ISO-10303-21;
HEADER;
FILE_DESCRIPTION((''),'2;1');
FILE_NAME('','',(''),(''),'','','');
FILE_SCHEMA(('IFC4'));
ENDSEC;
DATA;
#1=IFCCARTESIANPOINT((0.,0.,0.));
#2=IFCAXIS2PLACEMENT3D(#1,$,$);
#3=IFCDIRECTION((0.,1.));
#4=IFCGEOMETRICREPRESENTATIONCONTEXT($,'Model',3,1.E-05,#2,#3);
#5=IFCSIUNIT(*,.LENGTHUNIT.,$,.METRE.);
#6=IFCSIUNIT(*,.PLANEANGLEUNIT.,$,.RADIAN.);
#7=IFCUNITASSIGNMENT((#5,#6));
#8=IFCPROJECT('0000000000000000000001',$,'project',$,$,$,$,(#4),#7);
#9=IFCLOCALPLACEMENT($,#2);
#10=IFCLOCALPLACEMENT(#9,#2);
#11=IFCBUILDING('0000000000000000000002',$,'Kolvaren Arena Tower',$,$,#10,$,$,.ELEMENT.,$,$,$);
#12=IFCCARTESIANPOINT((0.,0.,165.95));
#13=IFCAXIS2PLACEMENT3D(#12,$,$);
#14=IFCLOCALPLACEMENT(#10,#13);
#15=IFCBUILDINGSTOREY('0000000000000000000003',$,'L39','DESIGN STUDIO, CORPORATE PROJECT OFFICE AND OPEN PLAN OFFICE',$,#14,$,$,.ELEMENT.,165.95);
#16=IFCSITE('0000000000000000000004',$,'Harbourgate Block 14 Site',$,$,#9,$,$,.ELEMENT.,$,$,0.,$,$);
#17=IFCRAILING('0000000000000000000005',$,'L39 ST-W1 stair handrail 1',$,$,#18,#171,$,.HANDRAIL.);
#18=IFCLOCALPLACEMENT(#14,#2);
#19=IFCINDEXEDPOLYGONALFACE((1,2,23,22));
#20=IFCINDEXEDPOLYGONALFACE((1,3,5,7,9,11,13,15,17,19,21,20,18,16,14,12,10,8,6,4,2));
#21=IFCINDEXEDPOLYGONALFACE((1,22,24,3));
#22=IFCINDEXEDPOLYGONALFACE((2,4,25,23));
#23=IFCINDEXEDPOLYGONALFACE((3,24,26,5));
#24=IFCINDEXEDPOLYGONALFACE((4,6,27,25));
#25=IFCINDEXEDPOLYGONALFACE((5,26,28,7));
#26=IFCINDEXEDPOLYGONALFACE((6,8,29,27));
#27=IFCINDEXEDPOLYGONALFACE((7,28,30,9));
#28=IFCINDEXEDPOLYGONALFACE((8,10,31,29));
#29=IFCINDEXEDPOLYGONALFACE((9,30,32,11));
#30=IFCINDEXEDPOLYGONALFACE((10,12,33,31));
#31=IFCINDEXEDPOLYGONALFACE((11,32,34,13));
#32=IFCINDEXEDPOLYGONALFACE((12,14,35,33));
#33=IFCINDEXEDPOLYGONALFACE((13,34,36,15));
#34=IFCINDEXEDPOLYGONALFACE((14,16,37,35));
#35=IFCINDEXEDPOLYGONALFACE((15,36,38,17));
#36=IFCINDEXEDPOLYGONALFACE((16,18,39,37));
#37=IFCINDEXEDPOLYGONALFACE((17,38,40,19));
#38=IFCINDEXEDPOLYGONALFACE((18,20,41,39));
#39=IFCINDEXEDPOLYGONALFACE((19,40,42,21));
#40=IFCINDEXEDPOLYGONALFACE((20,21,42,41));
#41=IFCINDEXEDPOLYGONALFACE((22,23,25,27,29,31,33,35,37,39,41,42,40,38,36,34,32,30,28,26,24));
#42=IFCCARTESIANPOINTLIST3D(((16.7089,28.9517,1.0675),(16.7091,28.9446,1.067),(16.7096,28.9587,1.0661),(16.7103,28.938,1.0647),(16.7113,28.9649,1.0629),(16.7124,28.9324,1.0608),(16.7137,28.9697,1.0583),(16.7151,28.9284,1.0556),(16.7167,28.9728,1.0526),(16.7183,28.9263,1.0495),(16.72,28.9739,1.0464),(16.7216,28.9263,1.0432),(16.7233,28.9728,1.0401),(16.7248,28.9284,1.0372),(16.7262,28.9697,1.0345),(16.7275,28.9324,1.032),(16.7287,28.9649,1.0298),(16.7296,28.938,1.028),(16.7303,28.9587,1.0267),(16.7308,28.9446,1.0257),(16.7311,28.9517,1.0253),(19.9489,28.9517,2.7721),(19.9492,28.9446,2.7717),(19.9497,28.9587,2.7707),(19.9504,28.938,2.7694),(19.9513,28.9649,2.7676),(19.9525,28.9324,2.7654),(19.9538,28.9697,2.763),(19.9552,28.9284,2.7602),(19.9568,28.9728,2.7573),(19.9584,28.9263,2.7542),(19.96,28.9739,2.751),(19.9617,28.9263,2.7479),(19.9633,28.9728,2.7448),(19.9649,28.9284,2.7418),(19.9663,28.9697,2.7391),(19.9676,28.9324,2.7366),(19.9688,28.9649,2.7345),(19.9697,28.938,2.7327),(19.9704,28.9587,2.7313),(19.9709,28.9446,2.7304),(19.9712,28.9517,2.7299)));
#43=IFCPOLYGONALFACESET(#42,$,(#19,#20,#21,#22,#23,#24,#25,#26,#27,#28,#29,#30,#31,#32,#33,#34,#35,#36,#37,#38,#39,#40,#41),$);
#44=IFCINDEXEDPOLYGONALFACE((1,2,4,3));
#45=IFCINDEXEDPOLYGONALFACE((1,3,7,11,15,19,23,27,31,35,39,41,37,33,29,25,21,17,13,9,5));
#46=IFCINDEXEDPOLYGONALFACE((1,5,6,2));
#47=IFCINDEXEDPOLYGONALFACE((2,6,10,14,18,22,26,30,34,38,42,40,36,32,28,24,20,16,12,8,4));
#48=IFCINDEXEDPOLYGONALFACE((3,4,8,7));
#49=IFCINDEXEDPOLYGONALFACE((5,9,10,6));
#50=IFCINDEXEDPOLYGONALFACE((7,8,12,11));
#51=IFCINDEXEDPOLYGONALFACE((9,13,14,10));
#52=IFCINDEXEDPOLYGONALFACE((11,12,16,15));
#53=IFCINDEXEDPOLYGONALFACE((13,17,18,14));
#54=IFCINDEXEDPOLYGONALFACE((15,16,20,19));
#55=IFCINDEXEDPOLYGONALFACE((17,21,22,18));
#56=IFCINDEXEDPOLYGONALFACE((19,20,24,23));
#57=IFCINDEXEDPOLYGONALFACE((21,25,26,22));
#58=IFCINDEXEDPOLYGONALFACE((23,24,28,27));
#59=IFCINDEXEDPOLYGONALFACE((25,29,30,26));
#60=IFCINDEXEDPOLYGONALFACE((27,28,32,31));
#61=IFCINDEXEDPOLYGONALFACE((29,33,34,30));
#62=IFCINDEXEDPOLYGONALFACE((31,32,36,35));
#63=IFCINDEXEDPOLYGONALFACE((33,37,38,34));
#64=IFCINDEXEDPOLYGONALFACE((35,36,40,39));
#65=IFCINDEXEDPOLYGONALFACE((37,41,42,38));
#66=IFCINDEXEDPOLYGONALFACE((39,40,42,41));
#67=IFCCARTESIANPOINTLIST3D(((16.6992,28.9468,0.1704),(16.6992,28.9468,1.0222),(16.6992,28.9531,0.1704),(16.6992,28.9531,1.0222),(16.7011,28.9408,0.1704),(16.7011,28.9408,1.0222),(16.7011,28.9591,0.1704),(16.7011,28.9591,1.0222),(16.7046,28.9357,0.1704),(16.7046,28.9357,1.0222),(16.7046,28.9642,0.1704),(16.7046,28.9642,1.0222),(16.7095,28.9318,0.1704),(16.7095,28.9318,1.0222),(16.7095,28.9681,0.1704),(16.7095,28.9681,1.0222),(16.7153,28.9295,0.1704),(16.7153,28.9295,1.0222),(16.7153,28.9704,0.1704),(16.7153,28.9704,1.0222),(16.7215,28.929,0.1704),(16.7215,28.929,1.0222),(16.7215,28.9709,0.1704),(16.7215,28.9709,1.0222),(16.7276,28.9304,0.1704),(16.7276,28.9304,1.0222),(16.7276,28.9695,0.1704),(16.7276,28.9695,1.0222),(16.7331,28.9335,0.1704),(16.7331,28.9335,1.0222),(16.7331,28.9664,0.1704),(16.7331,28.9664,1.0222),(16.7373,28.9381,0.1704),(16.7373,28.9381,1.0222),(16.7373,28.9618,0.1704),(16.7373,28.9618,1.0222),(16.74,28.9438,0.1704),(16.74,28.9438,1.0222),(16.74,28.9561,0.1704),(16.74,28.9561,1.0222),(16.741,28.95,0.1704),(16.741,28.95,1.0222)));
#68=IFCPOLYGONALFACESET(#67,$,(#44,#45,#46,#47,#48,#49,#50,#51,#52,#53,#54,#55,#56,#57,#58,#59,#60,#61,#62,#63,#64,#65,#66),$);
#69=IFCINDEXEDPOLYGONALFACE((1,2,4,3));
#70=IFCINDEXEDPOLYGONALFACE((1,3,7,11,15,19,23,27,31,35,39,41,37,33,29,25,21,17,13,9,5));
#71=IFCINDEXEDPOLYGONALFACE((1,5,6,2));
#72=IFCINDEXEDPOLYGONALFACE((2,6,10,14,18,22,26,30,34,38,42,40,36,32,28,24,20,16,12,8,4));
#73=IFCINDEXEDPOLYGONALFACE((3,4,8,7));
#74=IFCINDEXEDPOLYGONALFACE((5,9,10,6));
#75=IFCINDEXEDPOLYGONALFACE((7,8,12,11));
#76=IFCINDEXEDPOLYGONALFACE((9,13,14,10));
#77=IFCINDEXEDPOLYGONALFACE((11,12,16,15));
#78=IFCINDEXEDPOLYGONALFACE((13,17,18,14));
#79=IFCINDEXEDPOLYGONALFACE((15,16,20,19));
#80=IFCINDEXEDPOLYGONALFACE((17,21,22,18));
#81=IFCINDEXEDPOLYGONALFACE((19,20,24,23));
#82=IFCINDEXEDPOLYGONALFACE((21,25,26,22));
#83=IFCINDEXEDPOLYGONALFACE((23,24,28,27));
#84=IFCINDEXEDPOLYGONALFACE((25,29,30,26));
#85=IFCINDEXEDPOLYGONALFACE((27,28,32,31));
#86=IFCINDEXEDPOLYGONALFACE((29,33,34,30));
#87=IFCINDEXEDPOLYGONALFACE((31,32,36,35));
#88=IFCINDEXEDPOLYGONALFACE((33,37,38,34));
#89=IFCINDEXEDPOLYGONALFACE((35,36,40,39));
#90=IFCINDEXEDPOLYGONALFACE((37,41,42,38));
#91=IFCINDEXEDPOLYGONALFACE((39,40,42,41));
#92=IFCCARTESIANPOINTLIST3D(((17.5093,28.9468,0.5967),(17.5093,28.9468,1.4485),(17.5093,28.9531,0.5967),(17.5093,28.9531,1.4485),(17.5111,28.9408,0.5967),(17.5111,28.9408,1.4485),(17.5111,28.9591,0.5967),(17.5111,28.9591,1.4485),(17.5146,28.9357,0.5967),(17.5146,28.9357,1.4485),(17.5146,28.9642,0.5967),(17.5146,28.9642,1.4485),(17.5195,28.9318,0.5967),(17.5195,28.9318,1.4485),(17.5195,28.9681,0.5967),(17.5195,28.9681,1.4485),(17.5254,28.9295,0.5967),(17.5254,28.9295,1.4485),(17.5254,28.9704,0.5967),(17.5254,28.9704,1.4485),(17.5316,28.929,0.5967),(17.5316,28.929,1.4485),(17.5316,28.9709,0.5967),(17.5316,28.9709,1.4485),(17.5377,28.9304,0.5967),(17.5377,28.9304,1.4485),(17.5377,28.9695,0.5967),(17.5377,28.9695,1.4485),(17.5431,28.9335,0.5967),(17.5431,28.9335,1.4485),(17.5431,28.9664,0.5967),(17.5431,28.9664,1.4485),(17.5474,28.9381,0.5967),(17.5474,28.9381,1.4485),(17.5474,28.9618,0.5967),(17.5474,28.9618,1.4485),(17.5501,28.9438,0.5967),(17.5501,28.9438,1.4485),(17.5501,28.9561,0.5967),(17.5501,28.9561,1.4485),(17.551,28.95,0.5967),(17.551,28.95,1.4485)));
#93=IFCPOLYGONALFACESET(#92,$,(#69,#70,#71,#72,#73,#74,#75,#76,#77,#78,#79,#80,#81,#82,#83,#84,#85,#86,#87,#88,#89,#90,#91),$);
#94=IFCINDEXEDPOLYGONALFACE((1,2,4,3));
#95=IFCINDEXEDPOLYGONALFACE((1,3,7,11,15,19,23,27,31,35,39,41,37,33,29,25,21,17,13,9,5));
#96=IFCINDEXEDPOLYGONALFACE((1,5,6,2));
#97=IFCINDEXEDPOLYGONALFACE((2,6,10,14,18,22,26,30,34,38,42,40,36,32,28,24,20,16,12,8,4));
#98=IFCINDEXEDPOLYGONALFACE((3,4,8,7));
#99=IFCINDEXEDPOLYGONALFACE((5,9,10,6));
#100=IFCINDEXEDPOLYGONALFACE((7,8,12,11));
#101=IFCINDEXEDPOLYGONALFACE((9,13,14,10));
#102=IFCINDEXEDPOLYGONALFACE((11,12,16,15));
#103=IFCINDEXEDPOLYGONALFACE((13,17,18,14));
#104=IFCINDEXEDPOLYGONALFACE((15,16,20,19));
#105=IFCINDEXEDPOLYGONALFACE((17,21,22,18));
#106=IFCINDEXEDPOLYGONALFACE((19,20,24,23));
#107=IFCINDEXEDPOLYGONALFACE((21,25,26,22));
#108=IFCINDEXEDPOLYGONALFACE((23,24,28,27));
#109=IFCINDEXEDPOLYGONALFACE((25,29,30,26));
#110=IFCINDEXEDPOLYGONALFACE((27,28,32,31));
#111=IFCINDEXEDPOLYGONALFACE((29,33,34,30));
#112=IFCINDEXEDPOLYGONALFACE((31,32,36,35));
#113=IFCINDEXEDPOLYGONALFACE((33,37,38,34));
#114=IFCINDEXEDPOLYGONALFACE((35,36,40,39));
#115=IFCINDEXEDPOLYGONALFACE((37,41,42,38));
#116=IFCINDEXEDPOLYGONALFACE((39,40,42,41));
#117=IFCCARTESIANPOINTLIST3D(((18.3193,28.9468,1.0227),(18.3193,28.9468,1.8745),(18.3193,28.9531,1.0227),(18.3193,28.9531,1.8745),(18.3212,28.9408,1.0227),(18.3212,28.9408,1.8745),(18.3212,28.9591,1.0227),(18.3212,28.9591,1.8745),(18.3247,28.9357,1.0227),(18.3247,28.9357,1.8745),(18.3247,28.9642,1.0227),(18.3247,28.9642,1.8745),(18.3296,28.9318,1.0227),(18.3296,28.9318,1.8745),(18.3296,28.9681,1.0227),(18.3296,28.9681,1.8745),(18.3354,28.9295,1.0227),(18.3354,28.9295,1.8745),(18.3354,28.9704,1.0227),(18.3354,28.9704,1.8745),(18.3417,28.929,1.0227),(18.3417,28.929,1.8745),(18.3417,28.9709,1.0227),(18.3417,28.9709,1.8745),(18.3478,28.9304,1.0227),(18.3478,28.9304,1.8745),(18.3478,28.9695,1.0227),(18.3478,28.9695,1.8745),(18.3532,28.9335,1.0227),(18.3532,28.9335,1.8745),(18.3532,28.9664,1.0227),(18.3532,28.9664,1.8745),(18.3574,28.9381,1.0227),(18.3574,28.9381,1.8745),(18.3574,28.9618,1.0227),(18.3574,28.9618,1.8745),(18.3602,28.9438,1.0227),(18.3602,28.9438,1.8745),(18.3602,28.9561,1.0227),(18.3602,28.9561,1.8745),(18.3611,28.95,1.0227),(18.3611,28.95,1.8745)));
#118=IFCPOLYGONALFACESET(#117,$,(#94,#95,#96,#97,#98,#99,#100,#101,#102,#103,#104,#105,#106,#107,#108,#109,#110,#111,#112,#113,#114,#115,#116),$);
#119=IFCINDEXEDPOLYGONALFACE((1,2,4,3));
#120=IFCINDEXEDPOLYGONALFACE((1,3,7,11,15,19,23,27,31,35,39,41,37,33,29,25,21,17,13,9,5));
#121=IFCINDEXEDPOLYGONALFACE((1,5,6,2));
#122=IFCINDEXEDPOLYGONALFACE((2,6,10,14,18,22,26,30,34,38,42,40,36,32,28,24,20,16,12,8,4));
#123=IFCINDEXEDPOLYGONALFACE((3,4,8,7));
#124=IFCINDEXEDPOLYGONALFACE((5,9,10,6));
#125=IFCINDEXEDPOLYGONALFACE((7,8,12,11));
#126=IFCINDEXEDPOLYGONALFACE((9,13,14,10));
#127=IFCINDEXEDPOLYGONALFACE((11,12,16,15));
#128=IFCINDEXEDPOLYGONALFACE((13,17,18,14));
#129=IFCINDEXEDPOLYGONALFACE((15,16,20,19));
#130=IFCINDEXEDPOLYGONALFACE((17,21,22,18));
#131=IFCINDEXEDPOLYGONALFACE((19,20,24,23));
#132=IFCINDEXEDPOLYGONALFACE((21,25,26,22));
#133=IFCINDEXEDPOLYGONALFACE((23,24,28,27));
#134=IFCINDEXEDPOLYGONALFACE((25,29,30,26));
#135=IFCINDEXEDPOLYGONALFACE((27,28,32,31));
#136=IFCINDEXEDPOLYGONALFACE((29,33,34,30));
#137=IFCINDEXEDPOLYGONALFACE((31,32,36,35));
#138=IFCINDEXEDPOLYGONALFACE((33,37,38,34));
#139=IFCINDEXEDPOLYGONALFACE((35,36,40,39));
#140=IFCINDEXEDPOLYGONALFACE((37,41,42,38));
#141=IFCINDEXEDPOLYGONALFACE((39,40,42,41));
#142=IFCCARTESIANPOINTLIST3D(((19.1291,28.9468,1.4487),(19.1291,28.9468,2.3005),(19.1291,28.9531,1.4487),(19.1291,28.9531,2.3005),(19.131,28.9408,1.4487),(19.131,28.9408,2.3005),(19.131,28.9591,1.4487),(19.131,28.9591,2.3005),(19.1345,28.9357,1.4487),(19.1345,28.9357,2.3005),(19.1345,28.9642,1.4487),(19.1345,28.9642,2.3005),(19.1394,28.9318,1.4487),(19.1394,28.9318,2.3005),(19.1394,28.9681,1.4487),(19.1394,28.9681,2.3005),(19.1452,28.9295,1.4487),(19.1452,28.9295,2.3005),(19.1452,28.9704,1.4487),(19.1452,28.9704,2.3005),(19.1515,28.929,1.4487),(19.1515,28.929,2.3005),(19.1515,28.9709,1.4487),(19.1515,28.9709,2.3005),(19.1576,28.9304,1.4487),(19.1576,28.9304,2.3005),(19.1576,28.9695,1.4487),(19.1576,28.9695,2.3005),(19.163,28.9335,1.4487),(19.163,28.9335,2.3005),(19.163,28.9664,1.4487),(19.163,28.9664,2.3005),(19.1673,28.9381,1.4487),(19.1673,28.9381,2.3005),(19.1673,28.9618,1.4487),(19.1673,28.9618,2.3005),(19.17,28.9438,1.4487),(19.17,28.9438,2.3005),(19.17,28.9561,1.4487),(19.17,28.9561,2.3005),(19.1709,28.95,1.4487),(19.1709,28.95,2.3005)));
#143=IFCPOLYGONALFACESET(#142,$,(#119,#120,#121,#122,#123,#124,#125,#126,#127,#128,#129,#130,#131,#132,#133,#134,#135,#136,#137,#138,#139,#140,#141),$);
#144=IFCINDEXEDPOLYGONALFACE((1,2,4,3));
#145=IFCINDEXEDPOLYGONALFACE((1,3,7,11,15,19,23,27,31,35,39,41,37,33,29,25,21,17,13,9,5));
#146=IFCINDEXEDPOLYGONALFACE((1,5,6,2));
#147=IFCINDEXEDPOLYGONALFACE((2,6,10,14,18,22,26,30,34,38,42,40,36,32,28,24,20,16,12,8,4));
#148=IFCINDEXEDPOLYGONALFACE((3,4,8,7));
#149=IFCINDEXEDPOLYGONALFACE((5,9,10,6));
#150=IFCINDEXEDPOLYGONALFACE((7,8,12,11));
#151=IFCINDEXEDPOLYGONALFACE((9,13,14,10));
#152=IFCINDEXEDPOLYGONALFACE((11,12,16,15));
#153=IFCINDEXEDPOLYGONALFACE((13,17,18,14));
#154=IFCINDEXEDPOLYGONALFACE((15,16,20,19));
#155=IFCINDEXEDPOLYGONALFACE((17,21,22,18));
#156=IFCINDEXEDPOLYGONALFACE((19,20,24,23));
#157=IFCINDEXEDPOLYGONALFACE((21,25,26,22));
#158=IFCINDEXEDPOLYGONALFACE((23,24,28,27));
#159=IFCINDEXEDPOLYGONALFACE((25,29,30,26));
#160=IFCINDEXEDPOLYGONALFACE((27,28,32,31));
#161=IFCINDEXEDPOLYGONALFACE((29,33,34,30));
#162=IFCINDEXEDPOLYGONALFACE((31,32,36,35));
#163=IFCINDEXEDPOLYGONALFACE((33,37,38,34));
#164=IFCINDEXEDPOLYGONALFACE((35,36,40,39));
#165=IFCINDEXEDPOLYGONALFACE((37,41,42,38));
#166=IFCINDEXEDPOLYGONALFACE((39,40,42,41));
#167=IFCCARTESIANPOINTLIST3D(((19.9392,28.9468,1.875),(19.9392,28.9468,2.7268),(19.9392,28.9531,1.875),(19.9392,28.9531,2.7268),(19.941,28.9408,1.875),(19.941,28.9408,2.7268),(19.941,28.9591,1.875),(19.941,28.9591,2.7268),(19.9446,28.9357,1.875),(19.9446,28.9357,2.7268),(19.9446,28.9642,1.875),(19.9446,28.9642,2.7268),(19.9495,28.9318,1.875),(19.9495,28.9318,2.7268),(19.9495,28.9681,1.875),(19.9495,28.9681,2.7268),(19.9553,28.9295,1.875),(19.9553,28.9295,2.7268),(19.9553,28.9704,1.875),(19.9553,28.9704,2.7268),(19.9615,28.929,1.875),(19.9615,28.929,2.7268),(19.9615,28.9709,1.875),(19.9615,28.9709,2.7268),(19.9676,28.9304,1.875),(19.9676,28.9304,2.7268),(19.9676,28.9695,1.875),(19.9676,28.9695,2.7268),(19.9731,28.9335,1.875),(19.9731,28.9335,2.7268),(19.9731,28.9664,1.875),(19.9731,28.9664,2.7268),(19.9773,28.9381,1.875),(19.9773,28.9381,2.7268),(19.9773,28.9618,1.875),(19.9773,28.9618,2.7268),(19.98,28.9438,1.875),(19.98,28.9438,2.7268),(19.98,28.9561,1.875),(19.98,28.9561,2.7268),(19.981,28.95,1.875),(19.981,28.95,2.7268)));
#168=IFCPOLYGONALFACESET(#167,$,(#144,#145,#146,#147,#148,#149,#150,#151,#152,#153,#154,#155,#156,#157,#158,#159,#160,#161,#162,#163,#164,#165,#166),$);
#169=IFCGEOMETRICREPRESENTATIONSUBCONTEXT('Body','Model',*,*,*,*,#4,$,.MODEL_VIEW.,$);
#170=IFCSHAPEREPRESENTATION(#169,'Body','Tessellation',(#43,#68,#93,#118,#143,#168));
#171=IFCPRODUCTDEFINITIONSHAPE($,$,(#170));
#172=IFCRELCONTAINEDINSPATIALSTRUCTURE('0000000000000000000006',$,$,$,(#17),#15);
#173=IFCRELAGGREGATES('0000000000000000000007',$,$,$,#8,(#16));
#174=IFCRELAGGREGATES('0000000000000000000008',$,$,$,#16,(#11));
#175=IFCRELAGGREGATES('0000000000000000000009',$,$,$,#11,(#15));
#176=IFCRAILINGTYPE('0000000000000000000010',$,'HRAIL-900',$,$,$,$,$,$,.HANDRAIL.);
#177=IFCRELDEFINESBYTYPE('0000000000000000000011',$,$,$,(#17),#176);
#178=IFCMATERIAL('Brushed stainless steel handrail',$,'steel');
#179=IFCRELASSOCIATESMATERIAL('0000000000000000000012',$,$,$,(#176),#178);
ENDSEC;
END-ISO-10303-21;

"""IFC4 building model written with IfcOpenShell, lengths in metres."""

from ifc_helpers import new_model, si_unit, direction, frame, origin, origin_2d, place, context, subcontext, project, spatial, circle, extrude, material, type_object, element, save


model = new_model("IFC4")

# Units and contexts
model_context = context("Model", 3, precision=1e-05, world=origin(), true_north=direction((0.0, 1.0)))
body_context = subcontext(model_context, "Body", "Model", "MODEL_VIEW")
ifc_project = project(units=[si_unit("LENGTHUNIT", "METRE"), si_unit("PLANEANGLEUNIT", "RADIAN")], contexts=[model_context])

# Site, building, storey
site_placement = place(None, origin())
site = spatial("IfcSite", under=ifc_project, at=site_placement, Name="Harbourgate Block 14 Site", CompositionType="ELEMENT", RefElevation=0.0)
building_placement = place(site_placement, origin())
building = spatial("IfcBuilding", under=site, at=building_placement, Name="Kolvaren Arena Tower", CompositionType="ELEMENT")
storey_placement = place(building_placement, frame((0.0, 0.0, 165.95)))
storey = spatial("IfcBuildingStorey", under=building, at=storey_placement, Name="L39", Description="DESIGN STUDIO, CORPORATE PROJECT OFFICE AND OPEN PLAN OFFICE", CompositionType="ELEMENT", Elevation=165.95)

# Railing
ifc_material_1 = material(Name="Brushed stainless steel handrail", Category="steel")
railing_type_1 = type_object("IfcRailingType", Name="HRAIL-900", PredefinedType="HANDRAIL", material=ifc_material_1)
railing_1_placement = place(storey_placement, frame((16.72, 28.95, 0.1704)))
element("IfcRailing", 1, at=railing_1_placement, inside=storey, type_object=railing_type_1, Name="L39 ST-W1 stair handrail 1", PredefinedType="HANDRAIL", context=body_context, shape_type="SweptSolid", body=[
    extrude(circle(Radius=0.0239, at=origin_2d()), frame((0.0, 0.0, 0.876), z_axis=(0.884993, 0.0, 0.465604), x_axis=(0.0, 1.0, 0.0)), (0.0, 0.0, 1.0), 3.6611),
    extrude(circle(Radius=0.021, at=origin_2d()), origin(), (0.0, 0.0, 1.0), 0.8518),
    extrude(circle(Radius=0.021, at=origin_2d()), frame((0.8101, 0.0, 0.4263)), (0.0, 0.0, 1.0), 0.8518),
    extrude(circle(Radius=0.021, at=origin_2d()), frame((1.6201, 0.0, 0.8523)), (0.0, 0.0, 1.0), 0.8518),
    extrude(circle(Radius=0.021, at=origin_2d()), frame((2.4299, 0.0, 1.2783)), (0.0, 0.0, 1.0), 0.8518),
    extrude(circle(Radius=0.021, at=origin_2d()), frame((3.24, 0.0, 1.7046)), (0.0, 0.0, 1.0), 0.8518),
])

save(model, "model.ifc")
